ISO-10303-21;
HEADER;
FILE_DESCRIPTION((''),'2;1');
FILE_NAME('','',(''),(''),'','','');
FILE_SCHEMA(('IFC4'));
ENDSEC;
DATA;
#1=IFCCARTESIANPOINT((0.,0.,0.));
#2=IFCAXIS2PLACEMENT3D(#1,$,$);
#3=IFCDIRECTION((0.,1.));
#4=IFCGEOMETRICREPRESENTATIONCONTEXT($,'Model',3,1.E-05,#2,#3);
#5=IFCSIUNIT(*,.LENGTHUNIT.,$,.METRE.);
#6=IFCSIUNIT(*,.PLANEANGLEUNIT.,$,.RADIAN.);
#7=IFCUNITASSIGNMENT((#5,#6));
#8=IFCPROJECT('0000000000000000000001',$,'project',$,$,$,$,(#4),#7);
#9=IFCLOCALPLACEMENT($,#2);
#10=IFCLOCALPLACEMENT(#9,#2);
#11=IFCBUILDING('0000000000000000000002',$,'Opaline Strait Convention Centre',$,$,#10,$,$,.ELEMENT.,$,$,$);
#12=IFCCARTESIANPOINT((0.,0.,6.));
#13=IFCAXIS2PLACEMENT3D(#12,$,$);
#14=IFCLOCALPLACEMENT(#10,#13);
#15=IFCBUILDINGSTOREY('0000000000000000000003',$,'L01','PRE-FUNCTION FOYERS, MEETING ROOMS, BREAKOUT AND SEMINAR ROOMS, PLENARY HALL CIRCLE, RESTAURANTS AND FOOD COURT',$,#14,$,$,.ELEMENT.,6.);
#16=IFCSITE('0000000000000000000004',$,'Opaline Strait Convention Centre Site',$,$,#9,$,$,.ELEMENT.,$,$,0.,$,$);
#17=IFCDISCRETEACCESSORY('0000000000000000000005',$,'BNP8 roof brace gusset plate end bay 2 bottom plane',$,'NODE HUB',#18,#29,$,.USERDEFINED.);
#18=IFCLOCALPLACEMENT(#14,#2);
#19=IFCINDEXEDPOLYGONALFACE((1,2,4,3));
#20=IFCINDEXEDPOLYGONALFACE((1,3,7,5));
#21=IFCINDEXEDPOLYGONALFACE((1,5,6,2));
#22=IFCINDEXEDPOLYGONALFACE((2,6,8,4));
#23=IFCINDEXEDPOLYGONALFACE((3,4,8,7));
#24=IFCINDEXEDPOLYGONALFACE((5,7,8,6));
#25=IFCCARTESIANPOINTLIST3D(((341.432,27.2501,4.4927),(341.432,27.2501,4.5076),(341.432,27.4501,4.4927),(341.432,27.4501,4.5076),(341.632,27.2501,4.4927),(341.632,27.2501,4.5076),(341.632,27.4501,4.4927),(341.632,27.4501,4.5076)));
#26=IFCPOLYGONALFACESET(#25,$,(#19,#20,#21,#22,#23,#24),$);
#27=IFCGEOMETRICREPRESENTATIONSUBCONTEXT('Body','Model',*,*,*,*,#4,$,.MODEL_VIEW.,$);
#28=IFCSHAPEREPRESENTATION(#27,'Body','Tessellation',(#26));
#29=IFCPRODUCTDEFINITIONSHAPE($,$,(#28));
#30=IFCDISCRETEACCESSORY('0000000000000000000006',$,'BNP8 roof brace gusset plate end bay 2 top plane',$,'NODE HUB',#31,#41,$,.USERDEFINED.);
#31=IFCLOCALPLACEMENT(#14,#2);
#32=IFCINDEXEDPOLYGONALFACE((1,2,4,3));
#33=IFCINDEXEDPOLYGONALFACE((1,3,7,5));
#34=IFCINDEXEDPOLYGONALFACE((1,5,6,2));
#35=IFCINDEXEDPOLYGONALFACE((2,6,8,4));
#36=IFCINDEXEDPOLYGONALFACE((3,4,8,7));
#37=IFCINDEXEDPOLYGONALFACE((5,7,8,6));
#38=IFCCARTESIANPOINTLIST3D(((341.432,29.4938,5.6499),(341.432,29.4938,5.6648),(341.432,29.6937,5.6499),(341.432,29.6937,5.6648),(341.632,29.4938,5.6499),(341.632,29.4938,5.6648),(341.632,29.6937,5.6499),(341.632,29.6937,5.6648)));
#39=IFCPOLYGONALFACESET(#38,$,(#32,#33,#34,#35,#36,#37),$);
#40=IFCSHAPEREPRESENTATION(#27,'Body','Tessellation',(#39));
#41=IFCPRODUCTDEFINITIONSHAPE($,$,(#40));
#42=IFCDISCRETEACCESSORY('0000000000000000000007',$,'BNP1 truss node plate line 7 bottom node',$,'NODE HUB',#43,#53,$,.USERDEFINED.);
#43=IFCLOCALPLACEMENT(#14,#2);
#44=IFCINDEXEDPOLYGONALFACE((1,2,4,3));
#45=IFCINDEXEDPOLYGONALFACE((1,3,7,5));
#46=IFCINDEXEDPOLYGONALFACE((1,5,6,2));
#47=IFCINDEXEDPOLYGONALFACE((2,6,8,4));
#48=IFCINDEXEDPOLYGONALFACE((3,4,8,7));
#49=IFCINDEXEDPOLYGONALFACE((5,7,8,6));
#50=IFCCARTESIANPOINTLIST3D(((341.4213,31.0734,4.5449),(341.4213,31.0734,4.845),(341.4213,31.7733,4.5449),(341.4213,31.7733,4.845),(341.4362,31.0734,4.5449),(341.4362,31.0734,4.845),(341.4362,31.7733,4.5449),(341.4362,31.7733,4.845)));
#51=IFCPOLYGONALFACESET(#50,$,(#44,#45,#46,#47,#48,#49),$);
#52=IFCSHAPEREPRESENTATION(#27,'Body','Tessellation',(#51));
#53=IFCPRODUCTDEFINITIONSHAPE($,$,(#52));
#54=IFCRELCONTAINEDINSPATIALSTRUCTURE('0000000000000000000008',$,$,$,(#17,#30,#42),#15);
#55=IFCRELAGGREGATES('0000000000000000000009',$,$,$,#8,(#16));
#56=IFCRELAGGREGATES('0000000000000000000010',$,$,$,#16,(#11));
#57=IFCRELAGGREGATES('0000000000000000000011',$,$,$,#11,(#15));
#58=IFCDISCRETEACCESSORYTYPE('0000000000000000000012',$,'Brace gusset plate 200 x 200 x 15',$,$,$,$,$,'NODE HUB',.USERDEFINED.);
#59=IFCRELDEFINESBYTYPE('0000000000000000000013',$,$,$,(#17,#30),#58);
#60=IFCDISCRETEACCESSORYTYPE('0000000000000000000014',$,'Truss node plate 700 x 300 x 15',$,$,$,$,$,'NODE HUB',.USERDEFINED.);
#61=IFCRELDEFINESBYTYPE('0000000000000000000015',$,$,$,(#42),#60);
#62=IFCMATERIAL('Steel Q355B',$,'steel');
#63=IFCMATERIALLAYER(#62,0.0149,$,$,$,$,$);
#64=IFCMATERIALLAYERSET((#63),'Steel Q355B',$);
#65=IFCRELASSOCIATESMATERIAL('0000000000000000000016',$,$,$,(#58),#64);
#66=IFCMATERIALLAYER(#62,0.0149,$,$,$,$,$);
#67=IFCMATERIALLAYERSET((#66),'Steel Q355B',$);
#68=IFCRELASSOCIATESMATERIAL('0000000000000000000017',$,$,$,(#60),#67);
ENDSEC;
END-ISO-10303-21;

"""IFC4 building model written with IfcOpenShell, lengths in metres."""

from ifc_helpers import new_model, si_unit, direction, frame, origin, origin_2d, place, context, subcontext, project, spatial, rectangle, extrude, material, layer, layer_set, type_object, element, save


model = new_model("IFC4")

# Units and contexts
model_context = context("Model", 3, precision=1e-05, world=origin(), true_north=direction((0.0, 1.0)))
body_context = subcontext(model_context, "Body", "Model", "MODEL_VIEW")
ifc_project = project(units=[si_unit("LENGTHUNIT", "METRE"), si_unit("PLANEANGLEUNIT", "RADIAN")], contexts=[model_context])

# Site, building, storey
site_placement = place(None, origin())
site = spatial("IfcSite", under=ifc_project, at=site_placement, Name="Opaline Strait Convention Centre Site", CompositionType="ELEMENT", RefElevation=0.0)
building_placement = place(site_placement, origin())
building = spatial("IfcBuilding", under=site, at=building_placement, Name="Opaline Strait Convention Centre", CompositionType="ELEMENT")
storey_placement = place(building_placement, frame((0.0, 0.0, 6.0)))
storey = spatial("IfcBuildingStorey", under=building, at=storey_placement, Name="L01", Description="PRE-FUNCTION FOYERS, MEETING ROOMS, BREAKOUT AND SEMINAR ROOMS, PLENARY HALL CIRCLE, RESTAURANTS AND FOOD COURT", CompositionType="ELEMENT", Elevation=6.0)

# Shared definitions
ifc_material_1 = material(Name="Steel Q355B", Category="steel")

# Discrete accessories
ifc_layer_1 = layer(ifc_material_1, 0.0149)
ifc_layer_set_1 = layer_set([ifc_layer_1], Name="Steel Q355B")
discrete_accessory_type_1 = type_object("IfcDiscreteAccessoryType", Name="Brace gusset plate 200 x 200 x 15", ElementType="NODE HUB", PredefinedType="USERDEFINED", material=ifc_layer_set_1)
for number, where, z_axis, x_axis, name in (
    (1, (341.532, 27.3501, 4.4927), (0.0, 0.0, 1.0), (1.0, 0.0, 0.0), "BNP8 roof brace gusset plate end bay 2 bottom plane"),
    (2, (341.532, 29.5938, 5.6499), (0.0, 0.0, 1.0), (1.0, 0.0, 0.0), "BNP8 roof brace gusset plate end bay 2 top plane"),
):
    element("IfcDiscreteAccessory", number, at=place(storey_placement, frame(where, z_axis=z_axis, x_axis=x_axis)), inside=storey, type_object=discrete_accessory_type_1, Name=name, ObjectType="NODE HUB", PredefinedType="USERDEFINED", context=body_context, shape_type="SweptSolid", body=[
        extrude(rectangle(XDim=0.2, YDim=0.2, at=origin_2d()), origin(), (0.0, 0.0, 1.0), 0.0149),
    ])
ifc_layer_2 = layer(ifc_material_1, 0.0149)
ifc_layer_set_2 = layer_set([ifc_layer_2], Name="Steel Q355B")
discrete_accessory_type_2 = type_object("IfcDiscreteAccessoryType", Name="Truss node plate 700 x 300 x 15", ElementType="NODE HUB", PredefinedType="USERDEFINED", material=ifc_layer_set_2)
discrete_accessory_placement = place(storey_placement, frame((341.4287, 31.4233, 4.5449), z_axis=(0.0, 0.0, 1.0), x_axis=(1.0, 0.0, 0.0)))
element("IfcDiscreteAccessory", 3, at=discrete_accessory_placement, inside=storey, type_object=discrete_accessory_type_2, Name="BNP1 truss node plate line 7 bottom node", ObjectType="NODE HUB", PredefinedType="USERDEFINED", context=body_context, shape_type="SweptSolid", body=[
    extrude(rectangle(XDim=0.0149, YDim=0.7, at=origin_2d()), origin(), (0.0, 0.0, 1.0), 0.3),
])

save(model, "model.ifc")
